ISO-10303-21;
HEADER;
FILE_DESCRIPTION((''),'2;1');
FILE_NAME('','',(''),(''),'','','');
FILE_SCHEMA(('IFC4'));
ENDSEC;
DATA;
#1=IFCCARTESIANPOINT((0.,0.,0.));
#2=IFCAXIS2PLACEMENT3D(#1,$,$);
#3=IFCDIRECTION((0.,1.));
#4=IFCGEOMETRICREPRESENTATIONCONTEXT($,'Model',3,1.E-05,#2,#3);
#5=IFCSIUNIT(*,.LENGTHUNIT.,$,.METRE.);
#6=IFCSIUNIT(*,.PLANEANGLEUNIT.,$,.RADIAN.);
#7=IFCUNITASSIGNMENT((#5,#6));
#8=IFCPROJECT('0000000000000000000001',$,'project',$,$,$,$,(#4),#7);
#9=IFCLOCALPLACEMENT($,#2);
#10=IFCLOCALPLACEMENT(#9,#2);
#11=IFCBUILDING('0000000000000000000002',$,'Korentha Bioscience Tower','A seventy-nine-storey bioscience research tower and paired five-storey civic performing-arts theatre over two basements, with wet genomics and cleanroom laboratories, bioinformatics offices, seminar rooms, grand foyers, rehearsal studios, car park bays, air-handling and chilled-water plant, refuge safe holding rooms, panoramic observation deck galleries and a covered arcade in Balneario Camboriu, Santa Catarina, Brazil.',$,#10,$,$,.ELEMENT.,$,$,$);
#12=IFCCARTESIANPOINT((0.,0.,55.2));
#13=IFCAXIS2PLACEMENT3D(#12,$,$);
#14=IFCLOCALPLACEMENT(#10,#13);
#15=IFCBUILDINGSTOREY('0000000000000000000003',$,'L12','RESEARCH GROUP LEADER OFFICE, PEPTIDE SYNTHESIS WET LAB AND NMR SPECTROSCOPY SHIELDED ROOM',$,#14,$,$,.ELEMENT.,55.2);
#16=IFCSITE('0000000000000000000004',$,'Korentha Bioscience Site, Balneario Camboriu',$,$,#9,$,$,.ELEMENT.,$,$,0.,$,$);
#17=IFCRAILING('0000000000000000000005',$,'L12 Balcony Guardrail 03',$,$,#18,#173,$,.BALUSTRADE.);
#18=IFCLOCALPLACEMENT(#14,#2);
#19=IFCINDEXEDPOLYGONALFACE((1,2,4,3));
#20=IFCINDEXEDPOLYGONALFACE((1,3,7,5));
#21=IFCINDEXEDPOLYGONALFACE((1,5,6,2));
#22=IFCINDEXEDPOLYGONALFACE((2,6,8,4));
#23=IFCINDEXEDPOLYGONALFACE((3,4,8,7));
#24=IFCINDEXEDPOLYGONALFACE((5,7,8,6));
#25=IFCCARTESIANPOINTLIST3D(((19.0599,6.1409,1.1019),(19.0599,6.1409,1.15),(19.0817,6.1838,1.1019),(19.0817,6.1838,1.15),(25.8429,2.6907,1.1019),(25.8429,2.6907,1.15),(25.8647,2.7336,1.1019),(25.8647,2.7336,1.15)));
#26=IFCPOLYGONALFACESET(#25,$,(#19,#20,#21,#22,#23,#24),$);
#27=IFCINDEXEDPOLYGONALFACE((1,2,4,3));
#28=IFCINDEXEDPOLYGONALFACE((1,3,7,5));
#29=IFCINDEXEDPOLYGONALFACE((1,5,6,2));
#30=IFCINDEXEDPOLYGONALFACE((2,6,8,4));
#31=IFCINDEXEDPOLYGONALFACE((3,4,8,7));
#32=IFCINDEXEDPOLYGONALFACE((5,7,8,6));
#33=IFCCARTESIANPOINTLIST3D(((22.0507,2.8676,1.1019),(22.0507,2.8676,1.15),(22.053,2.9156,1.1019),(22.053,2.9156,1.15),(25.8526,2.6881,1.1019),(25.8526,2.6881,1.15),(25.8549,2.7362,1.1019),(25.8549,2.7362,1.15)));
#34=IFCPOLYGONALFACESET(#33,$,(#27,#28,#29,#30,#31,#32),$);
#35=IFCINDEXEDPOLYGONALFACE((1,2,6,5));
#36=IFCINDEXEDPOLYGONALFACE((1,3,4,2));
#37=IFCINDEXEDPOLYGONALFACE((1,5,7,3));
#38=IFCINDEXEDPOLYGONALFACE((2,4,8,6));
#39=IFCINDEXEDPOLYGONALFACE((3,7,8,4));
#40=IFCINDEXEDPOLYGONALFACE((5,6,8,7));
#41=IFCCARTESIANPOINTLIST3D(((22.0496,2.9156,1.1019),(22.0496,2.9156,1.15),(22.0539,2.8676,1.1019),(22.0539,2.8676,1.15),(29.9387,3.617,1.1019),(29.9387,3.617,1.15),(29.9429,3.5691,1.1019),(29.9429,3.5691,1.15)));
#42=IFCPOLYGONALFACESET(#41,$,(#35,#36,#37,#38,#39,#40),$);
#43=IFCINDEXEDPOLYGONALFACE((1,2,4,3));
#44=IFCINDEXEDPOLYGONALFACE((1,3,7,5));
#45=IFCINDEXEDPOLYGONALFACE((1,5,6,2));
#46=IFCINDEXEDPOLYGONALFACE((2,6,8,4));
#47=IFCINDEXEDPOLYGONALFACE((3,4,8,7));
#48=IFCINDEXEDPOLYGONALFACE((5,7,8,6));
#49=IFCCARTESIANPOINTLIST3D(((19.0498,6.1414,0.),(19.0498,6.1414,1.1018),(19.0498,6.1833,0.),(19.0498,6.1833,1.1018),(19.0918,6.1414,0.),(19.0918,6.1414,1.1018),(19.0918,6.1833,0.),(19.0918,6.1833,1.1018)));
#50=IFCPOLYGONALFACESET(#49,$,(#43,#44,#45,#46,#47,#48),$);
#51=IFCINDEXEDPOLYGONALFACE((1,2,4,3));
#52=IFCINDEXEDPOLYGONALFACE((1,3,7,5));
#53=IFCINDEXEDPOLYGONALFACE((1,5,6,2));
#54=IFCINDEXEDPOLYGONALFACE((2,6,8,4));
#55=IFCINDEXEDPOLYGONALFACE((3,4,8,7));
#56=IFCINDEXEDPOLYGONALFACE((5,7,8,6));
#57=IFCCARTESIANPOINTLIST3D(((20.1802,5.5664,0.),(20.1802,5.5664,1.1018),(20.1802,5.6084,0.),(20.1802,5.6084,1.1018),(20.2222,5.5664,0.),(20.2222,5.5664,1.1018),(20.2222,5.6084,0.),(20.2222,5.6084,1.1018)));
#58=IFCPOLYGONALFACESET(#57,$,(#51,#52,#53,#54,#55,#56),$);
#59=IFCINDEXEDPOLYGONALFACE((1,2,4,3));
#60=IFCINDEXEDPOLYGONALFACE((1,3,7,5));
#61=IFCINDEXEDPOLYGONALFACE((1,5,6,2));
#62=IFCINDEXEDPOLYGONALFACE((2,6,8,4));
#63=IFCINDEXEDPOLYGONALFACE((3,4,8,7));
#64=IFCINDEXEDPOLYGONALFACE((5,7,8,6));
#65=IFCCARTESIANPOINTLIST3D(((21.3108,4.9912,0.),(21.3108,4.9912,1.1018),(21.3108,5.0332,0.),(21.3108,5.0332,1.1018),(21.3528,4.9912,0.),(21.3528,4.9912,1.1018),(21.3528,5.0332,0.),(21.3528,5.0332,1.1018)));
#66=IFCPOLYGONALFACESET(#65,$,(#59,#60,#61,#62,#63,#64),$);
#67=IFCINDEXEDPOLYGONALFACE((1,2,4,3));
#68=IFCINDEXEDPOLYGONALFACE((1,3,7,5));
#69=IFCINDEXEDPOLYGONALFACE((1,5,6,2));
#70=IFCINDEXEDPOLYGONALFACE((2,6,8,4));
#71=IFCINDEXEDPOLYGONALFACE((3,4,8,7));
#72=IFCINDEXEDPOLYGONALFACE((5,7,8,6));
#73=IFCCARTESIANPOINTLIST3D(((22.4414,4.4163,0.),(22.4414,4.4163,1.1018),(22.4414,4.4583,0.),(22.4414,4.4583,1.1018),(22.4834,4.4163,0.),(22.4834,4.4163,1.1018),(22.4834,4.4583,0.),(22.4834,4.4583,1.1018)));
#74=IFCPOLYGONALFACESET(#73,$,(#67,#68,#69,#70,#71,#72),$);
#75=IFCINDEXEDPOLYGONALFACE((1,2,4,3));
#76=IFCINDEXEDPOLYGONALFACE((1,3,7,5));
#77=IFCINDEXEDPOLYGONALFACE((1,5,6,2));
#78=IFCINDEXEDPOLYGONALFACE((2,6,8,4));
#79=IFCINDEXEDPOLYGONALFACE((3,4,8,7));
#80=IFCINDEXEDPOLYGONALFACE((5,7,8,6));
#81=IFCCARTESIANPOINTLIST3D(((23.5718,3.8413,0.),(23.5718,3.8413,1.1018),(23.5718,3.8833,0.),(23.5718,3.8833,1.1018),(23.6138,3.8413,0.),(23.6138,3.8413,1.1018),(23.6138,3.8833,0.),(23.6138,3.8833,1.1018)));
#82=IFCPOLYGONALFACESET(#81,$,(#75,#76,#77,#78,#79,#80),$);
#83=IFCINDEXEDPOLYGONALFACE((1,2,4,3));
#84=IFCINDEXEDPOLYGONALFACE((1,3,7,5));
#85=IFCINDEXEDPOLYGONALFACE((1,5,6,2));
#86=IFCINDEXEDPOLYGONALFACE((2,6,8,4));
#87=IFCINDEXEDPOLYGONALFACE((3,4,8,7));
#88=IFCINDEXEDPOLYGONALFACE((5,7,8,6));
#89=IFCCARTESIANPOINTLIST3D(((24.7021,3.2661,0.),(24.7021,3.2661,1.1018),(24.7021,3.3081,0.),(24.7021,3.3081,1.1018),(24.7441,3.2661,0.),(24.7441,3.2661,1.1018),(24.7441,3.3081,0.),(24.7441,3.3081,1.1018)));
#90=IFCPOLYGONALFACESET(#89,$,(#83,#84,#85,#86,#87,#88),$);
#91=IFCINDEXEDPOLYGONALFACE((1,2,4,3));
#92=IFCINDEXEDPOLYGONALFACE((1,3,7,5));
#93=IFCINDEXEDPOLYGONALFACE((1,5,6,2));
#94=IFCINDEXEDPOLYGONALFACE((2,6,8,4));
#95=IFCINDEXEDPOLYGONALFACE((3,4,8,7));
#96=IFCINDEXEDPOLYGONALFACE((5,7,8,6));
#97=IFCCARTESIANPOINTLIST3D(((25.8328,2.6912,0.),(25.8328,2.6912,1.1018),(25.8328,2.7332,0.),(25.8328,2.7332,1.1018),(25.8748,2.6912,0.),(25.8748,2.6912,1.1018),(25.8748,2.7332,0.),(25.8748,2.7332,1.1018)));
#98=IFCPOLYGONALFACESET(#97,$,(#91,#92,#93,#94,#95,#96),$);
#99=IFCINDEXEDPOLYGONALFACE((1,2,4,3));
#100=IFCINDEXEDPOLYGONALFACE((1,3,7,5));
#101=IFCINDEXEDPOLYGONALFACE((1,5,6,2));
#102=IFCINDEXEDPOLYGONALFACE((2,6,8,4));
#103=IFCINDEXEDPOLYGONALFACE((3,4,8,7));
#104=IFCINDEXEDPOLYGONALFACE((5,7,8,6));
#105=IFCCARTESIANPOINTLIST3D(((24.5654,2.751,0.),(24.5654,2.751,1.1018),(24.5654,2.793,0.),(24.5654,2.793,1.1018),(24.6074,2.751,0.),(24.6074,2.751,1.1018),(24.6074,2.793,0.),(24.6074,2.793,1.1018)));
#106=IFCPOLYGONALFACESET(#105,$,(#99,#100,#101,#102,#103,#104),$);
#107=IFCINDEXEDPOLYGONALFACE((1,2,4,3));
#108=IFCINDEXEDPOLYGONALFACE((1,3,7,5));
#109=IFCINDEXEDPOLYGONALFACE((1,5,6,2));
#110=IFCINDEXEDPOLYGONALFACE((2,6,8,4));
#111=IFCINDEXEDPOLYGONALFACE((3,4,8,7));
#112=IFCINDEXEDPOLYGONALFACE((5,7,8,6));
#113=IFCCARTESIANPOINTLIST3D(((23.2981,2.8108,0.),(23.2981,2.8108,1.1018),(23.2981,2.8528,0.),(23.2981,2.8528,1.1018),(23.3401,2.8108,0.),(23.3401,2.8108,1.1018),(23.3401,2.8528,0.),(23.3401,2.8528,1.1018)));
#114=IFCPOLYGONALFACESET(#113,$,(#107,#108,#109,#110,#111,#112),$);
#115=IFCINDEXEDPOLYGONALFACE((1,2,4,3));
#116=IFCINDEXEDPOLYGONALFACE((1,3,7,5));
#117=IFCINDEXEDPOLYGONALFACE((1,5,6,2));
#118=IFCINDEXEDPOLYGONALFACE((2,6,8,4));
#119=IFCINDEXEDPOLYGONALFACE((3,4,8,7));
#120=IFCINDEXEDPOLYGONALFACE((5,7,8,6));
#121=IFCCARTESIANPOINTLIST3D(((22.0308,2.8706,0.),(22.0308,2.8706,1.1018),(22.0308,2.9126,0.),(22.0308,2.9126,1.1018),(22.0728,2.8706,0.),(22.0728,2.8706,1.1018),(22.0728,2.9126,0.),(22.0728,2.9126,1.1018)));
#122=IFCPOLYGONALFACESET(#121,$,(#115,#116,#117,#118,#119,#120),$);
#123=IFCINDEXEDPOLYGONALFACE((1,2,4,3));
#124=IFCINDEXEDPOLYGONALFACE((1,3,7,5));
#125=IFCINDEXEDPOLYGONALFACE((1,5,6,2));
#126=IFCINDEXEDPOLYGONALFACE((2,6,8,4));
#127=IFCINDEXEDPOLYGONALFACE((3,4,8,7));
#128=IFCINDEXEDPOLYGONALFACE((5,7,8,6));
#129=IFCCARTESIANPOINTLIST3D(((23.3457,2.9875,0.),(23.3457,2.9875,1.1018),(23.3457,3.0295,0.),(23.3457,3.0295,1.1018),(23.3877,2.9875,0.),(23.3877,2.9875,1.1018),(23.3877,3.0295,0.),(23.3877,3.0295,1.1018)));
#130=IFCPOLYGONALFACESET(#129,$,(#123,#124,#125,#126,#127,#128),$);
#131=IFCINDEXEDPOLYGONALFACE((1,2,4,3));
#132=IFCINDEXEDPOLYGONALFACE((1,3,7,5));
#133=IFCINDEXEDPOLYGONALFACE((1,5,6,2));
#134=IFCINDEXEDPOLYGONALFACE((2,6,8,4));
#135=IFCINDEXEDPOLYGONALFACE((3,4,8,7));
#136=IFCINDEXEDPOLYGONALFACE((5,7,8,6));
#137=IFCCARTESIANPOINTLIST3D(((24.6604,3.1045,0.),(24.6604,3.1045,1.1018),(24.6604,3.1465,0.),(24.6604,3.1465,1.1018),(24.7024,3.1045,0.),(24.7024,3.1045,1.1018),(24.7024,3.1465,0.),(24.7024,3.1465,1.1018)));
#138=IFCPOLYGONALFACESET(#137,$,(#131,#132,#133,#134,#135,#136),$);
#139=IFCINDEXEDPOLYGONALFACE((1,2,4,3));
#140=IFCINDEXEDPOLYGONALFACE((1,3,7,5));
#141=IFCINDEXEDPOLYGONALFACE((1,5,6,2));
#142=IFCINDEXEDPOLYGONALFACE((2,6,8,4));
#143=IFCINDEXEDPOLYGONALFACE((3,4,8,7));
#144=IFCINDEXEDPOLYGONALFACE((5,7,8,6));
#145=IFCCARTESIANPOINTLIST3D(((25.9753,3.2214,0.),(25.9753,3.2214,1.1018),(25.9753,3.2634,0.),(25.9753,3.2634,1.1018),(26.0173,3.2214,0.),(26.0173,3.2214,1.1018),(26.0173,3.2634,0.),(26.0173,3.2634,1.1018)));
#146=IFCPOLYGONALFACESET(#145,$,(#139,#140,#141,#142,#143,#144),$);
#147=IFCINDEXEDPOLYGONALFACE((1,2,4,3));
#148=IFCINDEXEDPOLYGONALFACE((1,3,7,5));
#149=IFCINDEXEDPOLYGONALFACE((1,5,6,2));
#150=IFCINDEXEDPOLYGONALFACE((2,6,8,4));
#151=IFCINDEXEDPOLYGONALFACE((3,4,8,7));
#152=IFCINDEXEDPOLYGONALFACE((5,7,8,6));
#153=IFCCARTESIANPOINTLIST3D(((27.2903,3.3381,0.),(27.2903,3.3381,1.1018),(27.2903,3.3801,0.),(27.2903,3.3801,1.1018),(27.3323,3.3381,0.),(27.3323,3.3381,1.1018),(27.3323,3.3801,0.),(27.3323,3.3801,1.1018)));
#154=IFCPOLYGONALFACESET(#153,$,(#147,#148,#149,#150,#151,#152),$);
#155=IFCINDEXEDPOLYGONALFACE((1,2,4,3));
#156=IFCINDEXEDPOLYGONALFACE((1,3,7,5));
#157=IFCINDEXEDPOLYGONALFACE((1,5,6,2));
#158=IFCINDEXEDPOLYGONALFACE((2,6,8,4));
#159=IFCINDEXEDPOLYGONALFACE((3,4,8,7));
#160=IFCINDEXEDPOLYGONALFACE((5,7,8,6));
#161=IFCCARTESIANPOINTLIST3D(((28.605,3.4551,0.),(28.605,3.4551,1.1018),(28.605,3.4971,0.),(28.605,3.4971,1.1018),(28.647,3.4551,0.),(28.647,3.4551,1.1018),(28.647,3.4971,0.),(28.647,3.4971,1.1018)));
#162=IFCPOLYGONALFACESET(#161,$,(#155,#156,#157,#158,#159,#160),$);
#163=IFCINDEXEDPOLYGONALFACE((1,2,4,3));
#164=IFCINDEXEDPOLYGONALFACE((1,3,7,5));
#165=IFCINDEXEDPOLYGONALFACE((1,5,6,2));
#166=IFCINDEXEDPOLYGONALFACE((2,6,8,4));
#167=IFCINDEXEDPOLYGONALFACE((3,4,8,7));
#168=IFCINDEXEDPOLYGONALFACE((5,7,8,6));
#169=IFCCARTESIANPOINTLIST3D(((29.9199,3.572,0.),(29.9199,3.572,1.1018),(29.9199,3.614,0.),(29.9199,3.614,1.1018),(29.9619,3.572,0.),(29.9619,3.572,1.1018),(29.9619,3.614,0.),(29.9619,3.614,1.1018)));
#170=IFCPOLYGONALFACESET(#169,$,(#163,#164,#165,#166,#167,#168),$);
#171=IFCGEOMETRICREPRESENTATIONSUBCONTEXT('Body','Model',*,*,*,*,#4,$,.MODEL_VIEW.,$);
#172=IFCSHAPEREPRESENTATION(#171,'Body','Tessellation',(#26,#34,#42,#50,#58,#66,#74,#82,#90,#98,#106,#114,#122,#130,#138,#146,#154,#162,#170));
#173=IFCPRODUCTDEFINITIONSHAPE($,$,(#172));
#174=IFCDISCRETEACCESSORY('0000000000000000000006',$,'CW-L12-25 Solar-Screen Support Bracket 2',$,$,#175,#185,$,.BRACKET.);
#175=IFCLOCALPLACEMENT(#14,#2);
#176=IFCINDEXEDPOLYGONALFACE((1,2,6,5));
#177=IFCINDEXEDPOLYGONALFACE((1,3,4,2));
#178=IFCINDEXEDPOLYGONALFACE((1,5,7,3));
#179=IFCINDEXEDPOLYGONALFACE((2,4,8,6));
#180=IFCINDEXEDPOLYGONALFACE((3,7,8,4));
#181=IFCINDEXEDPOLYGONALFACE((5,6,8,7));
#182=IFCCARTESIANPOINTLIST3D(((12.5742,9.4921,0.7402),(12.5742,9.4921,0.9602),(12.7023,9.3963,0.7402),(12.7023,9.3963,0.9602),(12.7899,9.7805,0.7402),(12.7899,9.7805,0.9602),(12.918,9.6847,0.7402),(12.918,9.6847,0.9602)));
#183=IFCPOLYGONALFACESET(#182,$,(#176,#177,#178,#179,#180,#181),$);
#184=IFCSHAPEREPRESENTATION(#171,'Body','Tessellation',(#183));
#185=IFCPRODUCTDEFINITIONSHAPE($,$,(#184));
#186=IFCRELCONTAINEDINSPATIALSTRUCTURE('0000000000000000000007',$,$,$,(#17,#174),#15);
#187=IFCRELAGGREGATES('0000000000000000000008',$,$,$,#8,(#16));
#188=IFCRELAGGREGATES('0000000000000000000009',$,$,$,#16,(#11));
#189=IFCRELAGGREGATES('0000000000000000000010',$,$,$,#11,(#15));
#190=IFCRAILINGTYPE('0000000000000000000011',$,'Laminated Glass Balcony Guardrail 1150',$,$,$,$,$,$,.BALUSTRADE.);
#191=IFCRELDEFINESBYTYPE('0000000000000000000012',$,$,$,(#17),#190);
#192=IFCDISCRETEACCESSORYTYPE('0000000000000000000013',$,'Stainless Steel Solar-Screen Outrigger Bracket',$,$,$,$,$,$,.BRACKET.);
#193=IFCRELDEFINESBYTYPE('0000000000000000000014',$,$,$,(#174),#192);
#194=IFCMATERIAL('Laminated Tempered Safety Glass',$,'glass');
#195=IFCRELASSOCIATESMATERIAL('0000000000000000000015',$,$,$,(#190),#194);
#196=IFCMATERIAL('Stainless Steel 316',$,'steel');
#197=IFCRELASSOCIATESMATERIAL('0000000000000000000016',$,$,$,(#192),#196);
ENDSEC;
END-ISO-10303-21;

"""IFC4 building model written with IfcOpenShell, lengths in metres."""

from ifc_helpers import new_model, si_unit, direction, frame, origin, origin_2d, place, context, subcontext, project, spatial, rectangle, extrude, material, type_object, element, save


model = new_model("IFC4")

# Units and contexts
model_context = context("Model", 3, precision=1e-05, world=origin(), true_north=direction((0.0, 1.0)))
body_context = subcontext(model_context, "Body", "Model", "MODEL_VIEW")
ifc_project = project(units=[si_unit("LENGTHUNIT", "METRE"), si_unit("PLANEANGLEUNIT", "RADIAN")], contexts=[model_context])

# Site, building, storey
site_placement = place(None, origin())
site = spatial("IfcSite", under=ifc_project, at=site_placement, Name="Korentha Bioscience Site, Balneario Camboriu", CompositionType="ELEMENT", RefElevation=0.0)
building_placement = place(site_placement, origin())
building = spatial("IfcBuilding", under=site, at=building_placement, Name="Korentha Bioscience Tower", Description="A seventy-nine-storey bioscience research tower and paired five-storey civic performing-arts theatre over two basements, with wet genomics and cleanroom laboratories, bioinformatics offices, seminar rooms, grand foyers, rehearsal studios, car park bays, air-handling and chilled-water plant, refuge safe holding rooms, panoramic observation deck galleries and a covered arcade in Balneario Camboriu, Santa Catarina, Brazil.", CompositionType="ELEMENT")
storey_placement = place(building_placement, frame((0.0, 0.0, 55.2)))
storey = spatial("IfcBuildingStorey", under=building, at=storey_placement, Name="L12", Description="RESEARCH GROUP LEADER OFFICE, PEPTIDE SYNTHESIS WET LAB AND NMR SPECTROSCOPY SHIELDED ROOM", CompositionType="ELEMENT", Elevation=55.2)

# Railing
ifc_material_1 = material(Name="Laminated Tempered Safety Glass", Category="glass")
railing_type = type_object("IfcRailingType", Name="Laminated Glass Balcony Guardrail 1150", PredefinedType="BALUSTRADE", material=ifc_material_1)
railing_placement = place(storey_placement, frame((19.0708, 6.1624, 0.0)))
element("IfcRailing", 1, at=railing_placement, inside=storey, type_object=railing_type, Name="L12 Balcony Guardrail 03", PredefinedType="BALUSTRADE", context=body_context, shape_type="SweptSolid", body=[
    extrude(rectangle(XDim=0.0481, YDim=0.0481, at=origin_2d()), frame((0.0, 0.0, 1.126), z_axis=(0.89132, -0.453375, 0.0), x_axis=(0.453375, 0.89132, 0.0)), (0.0, 0.0, 1.0), 7.6101),
    extrude(rectangle(XDim=0.0481, YDim=0.0481, at=origin_2d()), frame((6.783, -3.4502, 1.126), z_axis=(-0.998888, 0.047145, 0.0), x_axis=(-0.047145, -0.998888, 0.0)), (0.0, 0.0, 1.0), 3.8062),
    extrude(rectangle(XDim=0.0481, YDim=0.0481, at=origin_2d()), frame((2.981, -3.2708, 1.126), z_axis=(0.996071, 0.088559, 0.0), x_axis=(-0.088559, 0.996071, 0.0)), (0.0, 0.0, 1.0), 7.9202),
    extrude(rectangle(XDim=0.042, YDim=0.042, at=origin_2d()), origin(), (0.0, 0.0, 1.0), 1.1018),
    extrude(rectangle(XDim=0.042, YDim=0.042, at=origin_2d()), frame((1.1304, -0.575, 0.0)), (0.0, 0.0, 1.0), 1.1018),
    extrude(rectangle(XDim=0.042, YDim=0.042, at=origin_2d()), frame((2.261, -1.1501, 0.0)), (0.0, 0.0, 1.0), 1.1018),
    extrude(rectangle(XDim=0.042, YDim=0.042, at=origin_2d()), frame((3.3916, -1.7251, 0.0)), (0.0, 0.0, 1.0), 1.1018),
    extrude(rectangle(XDim=0.042, YDim=0.042, at=origin_2d()), frame((4.522, -2.3, 0.0)), (0.0, 0.0, 1.0), 1.1018),
    extrude(rectangle(XDim=0.042, YDim=0.042, at=origin_2d()), frame((5.6523, -2.8752, 0.0)), (0.0, 0.0, 1.0), 1.1018),
    extrude(rectangle(XDim=0.042, YDim=0.042, at=origin_2d()), frame((6.783, -3.4502, 0.0)), (0.0, 0.0, 1.0), 1.1018),
    extrude(rectangle(XDim=0.042, YDim=0.042, at=origin_2d()), frame((5.5156, -3.3904, 0.0)), (0.0, 0.0, 1.0), 1.1018),
    extrude(rectangle(XDim=0.042, YDim=0.042, at=origin_2d()), frame((4.2483, -3.3306, 0.0)), (0.0, 0.0, 1.0), 1.1018),
    extrude(rectangle(XDim=0.042, YDim=0.042, at=origin_2d()), frame((2.981, -3.2708, 0.0)), (0.0, 0.0, 1.0), 1.1018),
    extrude(rectangle(XDim=0.042, YDim=0.042, at=origin_2d()), frame((4.2959, -3.1538, 0.0)), (0.0, 0.0, 1.0), 1.1018),
    extrude(rectangle(XDim=0.042, YDim=0.042, at=origin_2d()), frame((5.6106, -3.0369, 0.0)), (0.0, 0.0, 1.0), 1.1018),
    extrude(rectangle(XDim=0.042, YDim=0.042, at=origin_2d()), frame((6.9255, -2.9199, 0.0)), (0.0, 0.0, 1.0), 1.1018),
    extrude(rectangle(XDim=0.042, YDim=0.042, at=origin_2d()), frame((8.2405, -2.8032, 0.0)), (0.0, 0.0, 1.0), 1.1018),
    extrude(rectangle(XDim=0.042, YDim=0.042, at=origin_2d()), frame((9.5552, -2.6863, 0.0)), (0.0, 0.0, 1.0), 1.1018),
    extrude(rectangle(XDim=0.042, YDim=0.042, at=origin_2d()), frame((10.8701, -2.5693, 0.0)), (0.0, 0.0, 1.0), 1.1018),
])

# Discrete accessory
ifc_material_2 = material(Name="Stainless Steel 316", Category="steel")
discrete_accessory_type = type_object("IfcDiscreteAccessoryType", Name="Stainless Steel Solar-Screen Outrigger Bracket", PredefinedType="BRACKET", material=ifc_material_2)
discrete_accessory_placement = place(storey_placement, frame((12.7461, 9.5884, 0.7402), z_axis=(0.0, 0.0, 1.0), x_axis=(0.800798, -0.598935, 0.0)))
element("IfcDiscreteAccessory", 2, at=discrete_accessory_placement, inside=storey, type_object=discrete_accessory_type, Name="CW-L12-25 Solar-Screen Support Bracket 2", PredefinedType="BRACKET", context=body_context, shape_type="SweptSolid", body=[
    extrude(rectangle(XDim=0.1599, YDim=0.3601, at=origin_2d()), origin(), (0.0, 0.0, 1.0), 0.22),
])

save(model, "model.ifc")
